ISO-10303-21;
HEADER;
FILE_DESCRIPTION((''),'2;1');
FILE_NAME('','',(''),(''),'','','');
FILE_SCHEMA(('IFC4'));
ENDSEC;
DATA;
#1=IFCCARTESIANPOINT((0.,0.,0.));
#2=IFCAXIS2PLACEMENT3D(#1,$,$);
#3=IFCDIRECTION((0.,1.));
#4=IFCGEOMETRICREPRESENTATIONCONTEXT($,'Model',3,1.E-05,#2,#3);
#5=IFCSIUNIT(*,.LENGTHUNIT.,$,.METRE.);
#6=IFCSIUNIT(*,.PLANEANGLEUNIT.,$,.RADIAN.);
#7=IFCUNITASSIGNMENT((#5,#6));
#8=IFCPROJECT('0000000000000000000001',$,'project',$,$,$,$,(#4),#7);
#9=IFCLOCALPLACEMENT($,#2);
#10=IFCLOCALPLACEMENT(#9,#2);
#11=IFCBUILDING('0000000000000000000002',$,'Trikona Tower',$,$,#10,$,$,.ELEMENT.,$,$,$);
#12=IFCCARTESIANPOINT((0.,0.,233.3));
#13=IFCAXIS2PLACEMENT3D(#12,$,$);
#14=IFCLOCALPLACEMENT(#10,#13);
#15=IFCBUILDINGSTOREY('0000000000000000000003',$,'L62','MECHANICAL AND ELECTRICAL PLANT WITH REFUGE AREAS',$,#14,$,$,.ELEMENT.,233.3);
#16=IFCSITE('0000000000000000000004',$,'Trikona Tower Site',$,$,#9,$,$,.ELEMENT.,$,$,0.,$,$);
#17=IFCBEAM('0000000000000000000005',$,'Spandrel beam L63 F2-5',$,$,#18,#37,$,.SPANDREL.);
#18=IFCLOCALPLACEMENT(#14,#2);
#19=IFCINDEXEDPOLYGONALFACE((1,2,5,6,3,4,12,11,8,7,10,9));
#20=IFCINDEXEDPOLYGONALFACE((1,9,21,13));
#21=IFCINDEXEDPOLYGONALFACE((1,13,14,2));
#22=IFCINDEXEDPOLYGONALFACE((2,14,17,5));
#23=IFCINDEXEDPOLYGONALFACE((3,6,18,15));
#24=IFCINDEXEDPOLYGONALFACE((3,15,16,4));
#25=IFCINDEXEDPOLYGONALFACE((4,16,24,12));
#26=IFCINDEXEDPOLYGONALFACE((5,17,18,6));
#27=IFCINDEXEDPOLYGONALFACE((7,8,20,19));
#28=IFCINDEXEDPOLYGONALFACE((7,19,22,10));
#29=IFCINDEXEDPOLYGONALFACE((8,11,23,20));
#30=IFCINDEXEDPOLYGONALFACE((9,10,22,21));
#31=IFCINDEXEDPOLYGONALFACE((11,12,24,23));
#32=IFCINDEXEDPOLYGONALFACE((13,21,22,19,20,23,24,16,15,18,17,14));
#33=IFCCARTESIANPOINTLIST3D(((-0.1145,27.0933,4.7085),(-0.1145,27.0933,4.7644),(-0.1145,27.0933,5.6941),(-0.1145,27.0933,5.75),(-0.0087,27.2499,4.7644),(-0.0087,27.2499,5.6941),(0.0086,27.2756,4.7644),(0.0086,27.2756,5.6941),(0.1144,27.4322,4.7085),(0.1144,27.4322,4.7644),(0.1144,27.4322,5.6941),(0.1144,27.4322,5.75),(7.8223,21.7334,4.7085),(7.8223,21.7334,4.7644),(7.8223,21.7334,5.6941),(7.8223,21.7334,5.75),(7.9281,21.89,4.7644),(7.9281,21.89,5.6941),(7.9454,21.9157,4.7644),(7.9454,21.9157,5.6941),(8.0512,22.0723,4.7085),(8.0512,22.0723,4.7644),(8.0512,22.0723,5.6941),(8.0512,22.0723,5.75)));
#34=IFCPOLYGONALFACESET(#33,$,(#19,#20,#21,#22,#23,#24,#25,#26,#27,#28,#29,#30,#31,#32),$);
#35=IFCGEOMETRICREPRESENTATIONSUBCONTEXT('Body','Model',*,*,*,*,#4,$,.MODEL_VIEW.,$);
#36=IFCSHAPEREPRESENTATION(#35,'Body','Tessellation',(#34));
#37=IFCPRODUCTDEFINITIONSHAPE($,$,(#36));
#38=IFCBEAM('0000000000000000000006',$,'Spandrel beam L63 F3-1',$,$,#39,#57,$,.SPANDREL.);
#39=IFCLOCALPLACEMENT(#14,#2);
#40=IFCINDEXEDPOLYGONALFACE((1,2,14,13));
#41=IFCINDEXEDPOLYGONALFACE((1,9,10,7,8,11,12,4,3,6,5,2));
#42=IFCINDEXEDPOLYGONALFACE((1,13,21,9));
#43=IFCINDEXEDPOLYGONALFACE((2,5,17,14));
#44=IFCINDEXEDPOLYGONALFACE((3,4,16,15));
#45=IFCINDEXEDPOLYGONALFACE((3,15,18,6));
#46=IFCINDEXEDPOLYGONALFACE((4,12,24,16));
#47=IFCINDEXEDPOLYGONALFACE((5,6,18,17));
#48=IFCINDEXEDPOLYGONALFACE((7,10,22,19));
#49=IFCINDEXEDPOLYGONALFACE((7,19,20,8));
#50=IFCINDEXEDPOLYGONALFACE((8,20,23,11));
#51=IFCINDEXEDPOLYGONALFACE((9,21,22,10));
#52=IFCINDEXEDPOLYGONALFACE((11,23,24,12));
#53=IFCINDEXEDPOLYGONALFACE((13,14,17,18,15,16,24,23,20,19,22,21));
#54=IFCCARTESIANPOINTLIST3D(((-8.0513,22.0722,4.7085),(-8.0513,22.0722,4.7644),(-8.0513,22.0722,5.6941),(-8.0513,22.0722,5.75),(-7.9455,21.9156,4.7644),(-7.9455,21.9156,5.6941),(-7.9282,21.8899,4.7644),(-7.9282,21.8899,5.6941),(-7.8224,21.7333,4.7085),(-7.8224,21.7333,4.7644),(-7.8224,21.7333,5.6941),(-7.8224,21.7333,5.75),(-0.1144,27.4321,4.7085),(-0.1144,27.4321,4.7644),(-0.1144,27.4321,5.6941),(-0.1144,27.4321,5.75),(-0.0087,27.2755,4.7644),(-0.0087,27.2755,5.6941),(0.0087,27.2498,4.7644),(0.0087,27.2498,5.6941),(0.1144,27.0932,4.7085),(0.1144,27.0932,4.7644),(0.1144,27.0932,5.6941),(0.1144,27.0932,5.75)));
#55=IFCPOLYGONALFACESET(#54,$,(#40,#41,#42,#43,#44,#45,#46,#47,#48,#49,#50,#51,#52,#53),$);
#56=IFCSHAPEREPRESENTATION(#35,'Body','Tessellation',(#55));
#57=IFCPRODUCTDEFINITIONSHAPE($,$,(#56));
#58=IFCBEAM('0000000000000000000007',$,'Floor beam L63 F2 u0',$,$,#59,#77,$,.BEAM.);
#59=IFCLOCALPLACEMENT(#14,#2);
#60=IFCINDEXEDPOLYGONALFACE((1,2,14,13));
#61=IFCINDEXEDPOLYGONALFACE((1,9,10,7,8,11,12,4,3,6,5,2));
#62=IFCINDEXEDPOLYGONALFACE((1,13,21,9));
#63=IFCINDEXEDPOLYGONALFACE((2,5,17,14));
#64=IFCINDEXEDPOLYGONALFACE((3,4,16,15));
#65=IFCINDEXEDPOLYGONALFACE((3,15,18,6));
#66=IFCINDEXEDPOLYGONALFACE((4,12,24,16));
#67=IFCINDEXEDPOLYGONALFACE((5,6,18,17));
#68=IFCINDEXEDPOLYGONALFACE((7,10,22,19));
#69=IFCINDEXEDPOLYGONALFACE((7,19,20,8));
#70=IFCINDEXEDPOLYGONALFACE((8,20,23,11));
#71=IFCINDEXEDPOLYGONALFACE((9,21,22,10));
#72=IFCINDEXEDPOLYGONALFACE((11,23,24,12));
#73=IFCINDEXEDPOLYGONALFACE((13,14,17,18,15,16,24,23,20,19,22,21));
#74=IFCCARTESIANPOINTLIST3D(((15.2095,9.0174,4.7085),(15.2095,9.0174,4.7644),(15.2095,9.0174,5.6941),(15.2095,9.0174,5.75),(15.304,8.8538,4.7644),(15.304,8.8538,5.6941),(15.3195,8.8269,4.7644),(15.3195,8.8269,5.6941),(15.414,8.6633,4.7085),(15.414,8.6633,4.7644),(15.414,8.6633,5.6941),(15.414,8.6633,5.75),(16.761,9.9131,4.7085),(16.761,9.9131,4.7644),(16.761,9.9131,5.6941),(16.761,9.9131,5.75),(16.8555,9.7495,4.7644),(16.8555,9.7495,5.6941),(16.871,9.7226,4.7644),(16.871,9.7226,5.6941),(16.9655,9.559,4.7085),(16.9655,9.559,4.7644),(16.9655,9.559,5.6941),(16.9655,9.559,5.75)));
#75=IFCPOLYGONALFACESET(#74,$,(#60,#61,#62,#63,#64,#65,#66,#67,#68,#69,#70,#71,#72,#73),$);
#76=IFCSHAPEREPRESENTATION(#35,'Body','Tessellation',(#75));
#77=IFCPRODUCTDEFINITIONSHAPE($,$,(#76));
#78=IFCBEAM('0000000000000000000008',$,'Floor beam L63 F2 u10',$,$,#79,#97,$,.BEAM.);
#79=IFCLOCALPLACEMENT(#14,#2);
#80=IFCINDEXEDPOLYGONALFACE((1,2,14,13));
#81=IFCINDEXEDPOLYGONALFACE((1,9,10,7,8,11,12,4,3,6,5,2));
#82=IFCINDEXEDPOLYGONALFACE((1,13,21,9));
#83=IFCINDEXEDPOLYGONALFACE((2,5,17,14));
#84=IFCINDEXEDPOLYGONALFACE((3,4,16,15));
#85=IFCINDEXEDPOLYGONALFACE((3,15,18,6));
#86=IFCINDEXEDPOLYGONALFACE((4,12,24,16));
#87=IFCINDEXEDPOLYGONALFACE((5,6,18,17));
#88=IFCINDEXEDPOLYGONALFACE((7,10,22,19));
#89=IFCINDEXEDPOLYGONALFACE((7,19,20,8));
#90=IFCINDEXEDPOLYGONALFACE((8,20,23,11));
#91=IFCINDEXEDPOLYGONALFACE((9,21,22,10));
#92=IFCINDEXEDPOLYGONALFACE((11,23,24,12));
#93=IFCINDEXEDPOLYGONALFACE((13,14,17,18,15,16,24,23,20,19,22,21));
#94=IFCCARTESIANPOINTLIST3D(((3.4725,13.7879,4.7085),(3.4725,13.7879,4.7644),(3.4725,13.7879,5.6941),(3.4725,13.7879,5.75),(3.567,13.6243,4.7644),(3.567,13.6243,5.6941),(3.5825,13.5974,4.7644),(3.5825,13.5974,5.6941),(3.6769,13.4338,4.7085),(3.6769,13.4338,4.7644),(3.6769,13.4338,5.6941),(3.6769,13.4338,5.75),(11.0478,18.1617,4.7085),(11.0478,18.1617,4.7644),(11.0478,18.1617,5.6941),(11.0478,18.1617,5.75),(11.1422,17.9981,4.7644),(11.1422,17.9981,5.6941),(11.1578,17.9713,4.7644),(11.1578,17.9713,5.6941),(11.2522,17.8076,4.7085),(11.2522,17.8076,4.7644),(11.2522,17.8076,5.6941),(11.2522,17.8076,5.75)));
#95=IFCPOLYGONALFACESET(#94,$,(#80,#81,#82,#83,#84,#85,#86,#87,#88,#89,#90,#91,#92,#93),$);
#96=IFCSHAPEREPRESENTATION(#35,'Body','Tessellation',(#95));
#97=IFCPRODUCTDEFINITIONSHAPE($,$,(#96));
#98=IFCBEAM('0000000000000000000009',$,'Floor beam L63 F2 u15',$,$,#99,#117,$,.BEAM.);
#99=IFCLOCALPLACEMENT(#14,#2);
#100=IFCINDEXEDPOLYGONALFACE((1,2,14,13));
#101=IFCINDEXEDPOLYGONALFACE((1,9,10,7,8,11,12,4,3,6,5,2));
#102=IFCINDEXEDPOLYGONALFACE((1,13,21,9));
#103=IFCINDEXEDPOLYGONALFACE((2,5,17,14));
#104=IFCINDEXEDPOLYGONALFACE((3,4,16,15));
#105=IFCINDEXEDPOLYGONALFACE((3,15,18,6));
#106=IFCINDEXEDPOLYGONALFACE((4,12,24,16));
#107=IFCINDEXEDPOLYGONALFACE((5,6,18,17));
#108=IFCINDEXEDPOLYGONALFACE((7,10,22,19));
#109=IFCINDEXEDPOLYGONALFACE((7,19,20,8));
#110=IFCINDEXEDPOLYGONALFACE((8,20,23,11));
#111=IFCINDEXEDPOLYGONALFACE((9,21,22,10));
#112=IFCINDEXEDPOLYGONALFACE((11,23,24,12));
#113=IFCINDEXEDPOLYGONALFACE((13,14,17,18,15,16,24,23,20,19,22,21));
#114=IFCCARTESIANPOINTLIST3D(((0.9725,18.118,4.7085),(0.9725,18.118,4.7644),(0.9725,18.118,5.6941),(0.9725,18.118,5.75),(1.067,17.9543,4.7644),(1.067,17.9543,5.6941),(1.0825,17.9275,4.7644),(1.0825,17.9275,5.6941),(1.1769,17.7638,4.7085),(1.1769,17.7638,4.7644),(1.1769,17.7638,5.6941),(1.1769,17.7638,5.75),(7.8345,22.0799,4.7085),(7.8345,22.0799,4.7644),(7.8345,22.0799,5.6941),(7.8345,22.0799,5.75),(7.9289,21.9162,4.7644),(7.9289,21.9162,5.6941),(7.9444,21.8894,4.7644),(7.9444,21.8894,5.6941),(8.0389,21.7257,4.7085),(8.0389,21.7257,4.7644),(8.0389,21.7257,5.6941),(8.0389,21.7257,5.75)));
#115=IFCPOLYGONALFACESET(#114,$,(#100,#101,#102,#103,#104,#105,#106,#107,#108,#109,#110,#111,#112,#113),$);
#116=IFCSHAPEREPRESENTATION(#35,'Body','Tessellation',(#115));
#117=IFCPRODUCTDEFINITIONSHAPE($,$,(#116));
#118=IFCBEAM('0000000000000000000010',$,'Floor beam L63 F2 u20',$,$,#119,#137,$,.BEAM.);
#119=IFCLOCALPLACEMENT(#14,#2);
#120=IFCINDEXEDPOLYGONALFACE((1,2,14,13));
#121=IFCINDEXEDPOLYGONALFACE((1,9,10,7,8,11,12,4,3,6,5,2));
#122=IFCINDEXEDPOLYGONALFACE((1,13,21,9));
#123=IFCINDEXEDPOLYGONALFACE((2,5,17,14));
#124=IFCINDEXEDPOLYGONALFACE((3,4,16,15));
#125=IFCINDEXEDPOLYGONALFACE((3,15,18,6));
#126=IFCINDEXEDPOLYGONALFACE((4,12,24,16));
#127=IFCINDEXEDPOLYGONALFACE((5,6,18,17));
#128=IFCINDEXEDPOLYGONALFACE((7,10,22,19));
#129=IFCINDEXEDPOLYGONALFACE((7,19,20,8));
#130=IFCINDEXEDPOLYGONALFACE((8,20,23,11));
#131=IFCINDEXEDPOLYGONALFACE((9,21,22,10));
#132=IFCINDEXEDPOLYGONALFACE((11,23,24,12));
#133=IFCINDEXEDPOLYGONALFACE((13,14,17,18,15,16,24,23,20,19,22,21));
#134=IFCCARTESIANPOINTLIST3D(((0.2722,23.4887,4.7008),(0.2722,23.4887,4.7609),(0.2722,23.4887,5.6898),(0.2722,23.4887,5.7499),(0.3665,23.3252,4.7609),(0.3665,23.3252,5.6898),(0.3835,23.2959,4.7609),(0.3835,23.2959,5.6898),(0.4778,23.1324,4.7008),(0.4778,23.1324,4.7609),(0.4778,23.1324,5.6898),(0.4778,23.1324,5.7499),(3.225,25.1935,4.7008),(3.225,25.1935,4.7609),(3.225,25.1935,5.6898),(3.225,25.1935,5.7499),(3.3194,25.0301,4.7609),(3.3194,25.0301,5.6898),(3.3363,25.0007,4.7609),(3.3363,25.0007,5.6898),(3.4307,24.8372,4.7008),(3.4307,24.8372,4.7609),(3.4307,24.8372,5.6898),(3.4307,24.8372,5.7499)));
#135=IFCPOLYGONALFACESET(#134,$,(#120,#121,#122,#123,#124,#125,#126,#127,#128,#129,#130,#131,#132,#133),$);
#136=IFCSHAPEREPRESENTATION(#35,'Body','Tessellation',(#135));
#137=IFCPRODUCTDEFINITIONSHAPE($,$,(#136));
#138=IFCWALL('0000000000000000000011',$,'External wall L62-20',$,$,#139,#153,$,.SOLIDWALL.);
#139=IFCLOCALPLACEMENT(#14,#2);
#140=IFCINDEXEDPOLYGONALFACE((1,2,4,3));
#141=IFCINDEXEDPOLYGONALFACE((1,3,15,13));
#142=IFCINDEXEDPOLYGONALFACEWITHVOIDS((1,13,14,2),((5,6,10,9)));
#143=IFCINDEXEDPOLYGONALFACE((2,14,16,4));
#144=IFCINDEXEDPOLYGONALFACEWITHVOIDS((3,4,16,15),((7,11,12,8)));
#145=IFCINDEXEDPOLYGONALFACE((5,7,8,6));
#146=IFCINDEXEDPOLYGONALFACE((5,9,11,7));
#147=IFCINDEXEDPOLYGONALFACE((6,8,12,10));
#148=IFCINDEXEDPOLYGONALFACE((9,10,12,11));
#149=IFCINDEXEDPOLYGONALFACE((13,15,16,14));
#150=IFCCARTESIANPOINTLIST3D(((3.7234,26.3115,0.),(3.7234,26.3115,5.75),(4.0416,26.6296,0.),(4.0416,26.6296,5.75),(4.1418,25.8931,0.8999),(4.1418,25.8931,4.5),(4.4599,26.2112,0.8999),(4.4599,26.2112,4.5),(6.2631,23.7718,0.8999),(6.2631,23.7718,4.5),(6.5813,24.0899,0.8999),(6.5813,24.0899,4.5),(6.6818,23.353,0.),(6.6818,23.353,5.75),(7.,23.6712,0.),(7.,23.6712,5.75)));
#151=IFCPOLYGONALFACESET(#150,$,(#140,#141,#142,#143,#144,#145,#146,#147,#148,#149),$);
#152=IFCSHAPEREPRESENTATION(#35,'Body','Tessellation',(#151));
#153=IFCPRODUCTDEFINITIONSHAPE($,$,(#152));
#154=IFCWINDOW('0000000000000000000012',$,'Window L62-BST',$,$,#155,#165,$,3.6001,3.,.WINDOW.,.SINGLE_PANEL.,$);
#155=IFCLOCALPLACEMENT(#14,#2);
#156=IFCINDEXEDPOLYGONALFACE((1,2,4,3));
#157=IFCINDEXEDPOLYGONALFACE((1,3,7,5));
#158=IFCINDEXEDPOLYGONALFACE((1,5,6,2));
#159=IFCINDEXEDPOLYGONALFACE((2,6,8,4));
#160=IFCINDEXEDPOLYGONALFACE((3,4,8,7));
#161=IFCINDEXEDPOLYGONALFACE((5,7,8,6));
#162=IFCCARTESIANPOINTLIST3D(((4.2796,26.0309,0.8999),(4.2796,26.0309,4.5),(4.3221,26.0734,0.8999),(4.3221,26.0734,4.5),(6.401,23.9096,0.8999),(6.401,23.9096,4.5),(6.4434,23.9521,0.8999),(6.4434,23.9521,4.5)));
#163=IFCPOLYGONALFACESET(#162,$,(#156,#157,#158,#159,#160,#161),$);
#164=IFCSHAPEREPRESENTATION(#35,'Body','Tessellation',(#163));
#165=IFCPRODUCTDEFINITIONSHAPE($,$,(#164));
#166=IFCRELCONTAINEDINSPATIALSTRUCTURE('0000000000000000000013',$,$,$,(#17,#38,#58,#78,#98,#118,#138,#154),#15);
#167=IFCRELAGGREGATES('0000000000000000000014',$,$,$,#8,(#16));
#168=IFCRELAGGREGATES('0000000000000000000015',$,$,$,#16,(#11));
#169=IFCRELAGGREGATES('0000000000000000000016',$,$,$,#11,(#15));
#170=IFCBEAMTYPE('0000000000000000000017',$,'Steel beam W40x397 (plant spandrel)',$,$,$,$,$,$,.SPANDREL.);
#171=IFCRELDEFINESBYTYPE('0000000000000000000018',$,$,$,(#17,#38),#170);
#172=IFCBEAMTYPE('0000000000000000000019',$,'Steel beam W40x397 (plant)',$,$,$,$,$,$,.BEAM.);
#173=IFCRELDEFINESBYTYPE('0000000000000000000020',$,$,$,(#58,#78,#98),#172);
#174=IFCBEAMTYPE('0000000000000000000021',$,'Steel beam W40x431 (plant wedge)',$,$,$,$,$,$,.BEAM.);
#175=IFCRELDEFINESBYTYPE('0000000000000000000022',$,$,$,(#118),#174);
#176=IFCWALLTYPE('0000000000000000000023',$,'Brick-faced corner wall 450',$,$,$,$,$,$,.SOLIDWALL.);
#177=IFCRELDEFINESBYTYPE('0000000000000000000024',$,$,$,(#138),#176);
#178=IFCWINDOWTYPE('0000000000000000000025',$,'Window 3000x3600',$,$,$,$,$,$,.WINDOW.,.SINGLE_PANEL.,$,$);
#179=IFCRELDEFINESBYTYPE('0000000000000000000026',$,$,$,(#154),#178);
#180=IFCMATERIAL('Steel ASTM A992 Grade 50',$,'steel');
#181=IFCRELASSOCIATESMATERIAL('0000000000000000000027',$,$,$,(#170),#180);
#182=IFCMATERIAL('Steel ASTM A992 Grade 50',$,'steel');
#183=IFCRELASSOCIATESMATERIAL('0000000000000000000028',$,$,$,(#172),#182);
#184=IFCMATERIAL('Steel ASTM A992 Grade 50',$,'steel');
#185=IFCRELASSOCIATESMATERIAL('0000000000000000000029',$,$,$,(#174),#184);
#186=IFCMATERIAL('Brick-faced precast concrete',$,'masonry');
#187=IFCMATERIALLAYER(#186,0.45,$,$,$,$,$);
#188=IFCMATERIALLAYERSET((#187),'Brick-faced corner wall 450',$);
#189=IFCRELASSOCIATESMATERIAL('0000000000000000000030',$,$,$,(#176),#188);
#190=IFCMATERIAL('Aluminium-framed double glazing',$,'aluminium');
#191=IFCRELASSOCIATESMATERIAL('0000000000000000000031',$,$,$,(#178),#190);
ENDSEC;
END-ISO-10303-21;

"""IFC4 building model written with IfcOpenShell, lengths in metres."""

from ifc_helpers import new_model, si_unit, direction, frame, frame_2d, origin, origin_2d, place, context, subcontext, project, spatial, rectangle, i_section, extrude, material, layer, layer_set, material_profile, profile_set, type_object, element, fill, save


model = new_model("IFC4")

# Units and contexts
model_context = context("Model", 3, precision=1e-05, world=origin(), true_north=direction((0.0, 1.0)))
body_context = subcontext(model_context, "Body", "Model", "MODEL_VIEW")
ifc_project = project(units=[si_unit("LENGTHUNIT", "METRE"), si_unit("PLANEANGLEUNIT", "RADIAN")], contexts=[model_context])

# Site, building, storey
site_placement = place(None, origin())
site = spatial("IfcSite", under=ifc_project, at=site_placement, Name="Trikona Tower Site", CompositionType="ELEMENT", RefElevation=0.0)
building_placement = place(site_placement, origin())
building = spatial("IfcBuilding", under=site, at=building_placement, Name="Trikona Tower", CompositionType="ELEMENT")
storey_placement = place(building_placement, frame((0.0, 0.0, 233.3)))
storey = spatial("IfcBuildingStorey", under=building, at=storey_placement, Name="L62", Description="MECHANICAL AND ELECTRICAL PLANT WITH REFUGE AREAS", CompositionType="ELEMENT", Elevation=233.3)

# Beams
ifc_material_1 = material(Name="Steel ASTM A992 Grade 50", Category="steel")
ifc_material_profile_1 = material_profile(ifc_material_1, i_section(OverallWidth=0.4089, OverallDepth=1.0415, WebThickness=0.031, FlangeThickness=0.0559, at=origin_2d()), Name="W40X397")
ifc_profile_set_1 = profile_set([ifc_material_profile_1], Name="Steel ASTM A992 Grade 50")
beam_type_1 = type_object("IfcBeamType", Name="Steel beam W40x397 (plant spandrel)", PredefinedType="SPANDREL", material=ifc_profile_set_1)
for number, where, z_axis, x_axis, name in (
    (1, (7.9368, 21.9028, 5.2292), (-0.828725, 0.559655, 0.0), (-0.559655, -0.828725, 0.0), "Spandrel beam L63 F2-5"),
    (2, (0.0, 27.2627, 5.2292), (-0.828725, -0.559655, 0.0), (0.559655, -0.828725, 0.0), "Spandrel beam L63 F3-1"),
):
    element("IfcBeam", number, at=place(storey_placement, frame(where, z_axis=z_axis, x_axis=x_axis)), inside=storey, type_object=beam_type_1, Name=name, PredefinedType="SPANDREL", context=body_context, shape_type="SweptSolid", body=[
        extrude(i_section(OverallWidth=0.4089, OverallDepth=1.0415, WebThickness=0.031, FlangeThickness=0.0559, at=origin_2d()), origin(), (0.0, 0.0, 1.0), 9.5771),
    ])
ifc_material_2 = material(Name="Steel ASTM A992 Grade 50", Category="steel")
ifc_material_profile_2 = material_profile(ifc_material_2, i_section(OverallWidth=0.4089, OverallDepth=1.0415, WebThickness=0.031, FlangeThickness=0.0559, at=origin_2d()), Name="W40X397")
ifc_profile_set_2 = profile_set([ifc_material_profile_2], Name="Steel ASTM A992 Grade 50")
beam_type_2 = type_object("IfcBeamType", Name="Steel beam W40x397 (plant)", PredefinedType="BEAM", material=ifc_profile_set_2)
beam_1_placement = place(storey_placement, frame((15.3118, 8.8403, 5.2292), z_axis=(0.866029, 0.499994, 0.0), x_axis=(-0.499994, 0.866029, 0.0)))
element("IfcBeam", 3, at=beam_1_placement, inside=storey, type_object=beam_type_2, Name="Floor beam L63 F2 u0", PredefinedType="BEAM", context=body_context, shape_type="SweptSolid", body=[
    extrude(i_section(OverallWidth=0.4089, OverallDepth=1.0415, WebThickness=0.031, FlangeThickness=0.0559, at=origin_2d()), origin(), (0.0, 0.0, 1.0), 1.7915),
])
beam_2_placement = place(storey_placement, frame((3.5747, 13.6108, 5.2292), z_axis=(0.866014, 0.50002, 0.0), x_axis=(-0.50002, 0.866014, 0.0)))
element("IfcBeam", 4, at=beam_2_placement, inside=storey, type_object=beam_type_2, Name="Floor beam L63 F2 u10", PredefinedType="BEAM", context=body_context, shape_type="SweptSolid", body=[
    extrude(i_section(OverallWidth=0.4089, OverallDepth=1.0415, WebThickness=0.031, FlangeThickness=0.0559, at=origin_2d()), origin(), (0.0, 0.0, 1.0), 8.7473),
])
beam_3_placement = place(storey_placement, frame((1.0747, 17.9409, 5.2292), z_axis=(0.86602, 0.50001, 0.0), x_axis=(-0.50001, 0.86602, 0.0)))
element("IfcBeam", 5, at=beam_3_placement, inside=storey, type_object=beam_type_2, Name="Floor beam L63 F2 u15", PredefinedType="BEAM", context=body_context, shape_type="SweptSolid", body=[
    extrude(i_section(OverallWidth=0.4089, OverallDepth=1.0415, WebThickness=0.031, FlangeThickness=0.0559, at=origin_2d()), origin(), (0.0, 0.0, 1.0), 7.9236),
])
ifc_material_3 = material(Name="Steel ASTM A992 Grade 50", Category="steel")
ifc_material_profile_3 = material_profile(ifc_material_3, i_section(OverallWidth=0.4114, OverallDepth=1.0491, WebThickness=0.0339, FlangeThickness=0.0601, at=origin_2d()), Name="W40X431")
ifc_profile_set_3 = profile_set([ifc_material_profile_3], Name="Steel ASTM A992 Grade 50")
beam_type_3 = type_object("IfcBeamType", Name="Steel beam W40x431 (plant wedge)", PredefinedType="BEAM", material=ifc_profile_set_3)
beam_4_placement = place(storey_placement, frame((0.375, 23.3105, 5.2253), z_axis=(0.866027, 0.499997, 0.0), x_axis=(-0.499997, 0.866027, 0.0)))
element("IfcBeam", 6, at=beam_4_placement, inside=storey, type_object=beam_type_3, Name="Floor beam L63 F2 u20", PredefinedType="BEAM", context=body_context, shape_type="SweptSolid", body=[
    extrude(i_section(OverallWidth=0.4114, OverallDepth=1.0491, WebThickness=0.0339, FlangeThickness=0.0601, at=origin_2d()), origin(), (0.0, 0.0, 1.0), 3.4097),
])

# Wall, opening, window
ifc_material_4 = material(Name="Brick-faced precast concrete", Category="masonry")
ifc_layer_1 = layer(ifc_material_4, 0.45)
ifc_layer_set_1 = layer_set([ifc_layer_1], Name="Brick-faced corner wall 450")
wall_type_1 = type_object("IfcWallType", Name="Brick-faced corner wall 450", PredefinedType="SOLIDWALL", material=ifc_layer_set_1)
wall_1_placement = place(storey_placement, frame((6.8408, 23.5122, 0.0), z_axis=(0.0, 0.0, 1.0), x_axis=(-0.707107, 0.707107, 0.0)))
wall_1 = element("IfcWall", 7, at=wall_1_placement, inside=storey, type_object=wall_type_1, Name="External wall L62-20", PredefinedType="SOLIDWALL", context=body_context, shape_type="SweptSolid", body=[
    extrude(rectangle(XDim=4.1838, YDim=0.45, at=frame_2d((2.0918, 0.0))), origin(), (0.0, 0.0, 1.0), 5.75),
])
opening_1_placement = place(wall_1_placement, frame((0.592, 0.0, 0.8999)))
opening_1 = element("IfcOpeningElement", 8, at=opening_1_placement, cuts=wall_1, PredefinedType="OPENING", context=body_context, shape_type="SweptSolid", body=[
    extrude(rectangle(XDim=3.0, YDim=3.6001, at=frame_2d((1.5, 1.8))), frame((0.0, 0.2349, 0.0), z_axis=(0.0, -1.0, 0.0), x_axis=(1.0, 0.0, 0.0)), (0.0, 0.0, 1.0), 0.47),
])
ifc_material_5 = material(Name="Aluminium-framed double glazing", Category="aluminium")
window_type_1 = type_object("IfcWindowType", Name="Window 3000x3600", PartitioningType="SINGLE_PANEL", PredefinedType="WINDOW", material=ifc_material_5)
window_1_placement = place(opening_1_placement, origin())
window_1 = element("IfcWindow", 9, at=window_1_placement, inside=storey, type_object=window_type_1, Name="Window L62-BST", OverallHeight=3.6001, OverallWidth=3.0, PartitioningType="SINGLE_PANEL", PredefinedType="WINDOW", context=body_context, shape_type="SweptSolid", body=[
    extrude(rectangle(XDim=3.0, YDim=3.6001, at=frame_2d((1.5, 1.8))), frame((0.0, 0.03, 0.0), z_axis=(0.0, -1.0, 0.0), x_axis=(1.0, 0.0, 0.0)), (0.0, 0.0, 1.0), 0.0601),
])
fill(opening_1, window_1)

save(model, "model.ifc")
